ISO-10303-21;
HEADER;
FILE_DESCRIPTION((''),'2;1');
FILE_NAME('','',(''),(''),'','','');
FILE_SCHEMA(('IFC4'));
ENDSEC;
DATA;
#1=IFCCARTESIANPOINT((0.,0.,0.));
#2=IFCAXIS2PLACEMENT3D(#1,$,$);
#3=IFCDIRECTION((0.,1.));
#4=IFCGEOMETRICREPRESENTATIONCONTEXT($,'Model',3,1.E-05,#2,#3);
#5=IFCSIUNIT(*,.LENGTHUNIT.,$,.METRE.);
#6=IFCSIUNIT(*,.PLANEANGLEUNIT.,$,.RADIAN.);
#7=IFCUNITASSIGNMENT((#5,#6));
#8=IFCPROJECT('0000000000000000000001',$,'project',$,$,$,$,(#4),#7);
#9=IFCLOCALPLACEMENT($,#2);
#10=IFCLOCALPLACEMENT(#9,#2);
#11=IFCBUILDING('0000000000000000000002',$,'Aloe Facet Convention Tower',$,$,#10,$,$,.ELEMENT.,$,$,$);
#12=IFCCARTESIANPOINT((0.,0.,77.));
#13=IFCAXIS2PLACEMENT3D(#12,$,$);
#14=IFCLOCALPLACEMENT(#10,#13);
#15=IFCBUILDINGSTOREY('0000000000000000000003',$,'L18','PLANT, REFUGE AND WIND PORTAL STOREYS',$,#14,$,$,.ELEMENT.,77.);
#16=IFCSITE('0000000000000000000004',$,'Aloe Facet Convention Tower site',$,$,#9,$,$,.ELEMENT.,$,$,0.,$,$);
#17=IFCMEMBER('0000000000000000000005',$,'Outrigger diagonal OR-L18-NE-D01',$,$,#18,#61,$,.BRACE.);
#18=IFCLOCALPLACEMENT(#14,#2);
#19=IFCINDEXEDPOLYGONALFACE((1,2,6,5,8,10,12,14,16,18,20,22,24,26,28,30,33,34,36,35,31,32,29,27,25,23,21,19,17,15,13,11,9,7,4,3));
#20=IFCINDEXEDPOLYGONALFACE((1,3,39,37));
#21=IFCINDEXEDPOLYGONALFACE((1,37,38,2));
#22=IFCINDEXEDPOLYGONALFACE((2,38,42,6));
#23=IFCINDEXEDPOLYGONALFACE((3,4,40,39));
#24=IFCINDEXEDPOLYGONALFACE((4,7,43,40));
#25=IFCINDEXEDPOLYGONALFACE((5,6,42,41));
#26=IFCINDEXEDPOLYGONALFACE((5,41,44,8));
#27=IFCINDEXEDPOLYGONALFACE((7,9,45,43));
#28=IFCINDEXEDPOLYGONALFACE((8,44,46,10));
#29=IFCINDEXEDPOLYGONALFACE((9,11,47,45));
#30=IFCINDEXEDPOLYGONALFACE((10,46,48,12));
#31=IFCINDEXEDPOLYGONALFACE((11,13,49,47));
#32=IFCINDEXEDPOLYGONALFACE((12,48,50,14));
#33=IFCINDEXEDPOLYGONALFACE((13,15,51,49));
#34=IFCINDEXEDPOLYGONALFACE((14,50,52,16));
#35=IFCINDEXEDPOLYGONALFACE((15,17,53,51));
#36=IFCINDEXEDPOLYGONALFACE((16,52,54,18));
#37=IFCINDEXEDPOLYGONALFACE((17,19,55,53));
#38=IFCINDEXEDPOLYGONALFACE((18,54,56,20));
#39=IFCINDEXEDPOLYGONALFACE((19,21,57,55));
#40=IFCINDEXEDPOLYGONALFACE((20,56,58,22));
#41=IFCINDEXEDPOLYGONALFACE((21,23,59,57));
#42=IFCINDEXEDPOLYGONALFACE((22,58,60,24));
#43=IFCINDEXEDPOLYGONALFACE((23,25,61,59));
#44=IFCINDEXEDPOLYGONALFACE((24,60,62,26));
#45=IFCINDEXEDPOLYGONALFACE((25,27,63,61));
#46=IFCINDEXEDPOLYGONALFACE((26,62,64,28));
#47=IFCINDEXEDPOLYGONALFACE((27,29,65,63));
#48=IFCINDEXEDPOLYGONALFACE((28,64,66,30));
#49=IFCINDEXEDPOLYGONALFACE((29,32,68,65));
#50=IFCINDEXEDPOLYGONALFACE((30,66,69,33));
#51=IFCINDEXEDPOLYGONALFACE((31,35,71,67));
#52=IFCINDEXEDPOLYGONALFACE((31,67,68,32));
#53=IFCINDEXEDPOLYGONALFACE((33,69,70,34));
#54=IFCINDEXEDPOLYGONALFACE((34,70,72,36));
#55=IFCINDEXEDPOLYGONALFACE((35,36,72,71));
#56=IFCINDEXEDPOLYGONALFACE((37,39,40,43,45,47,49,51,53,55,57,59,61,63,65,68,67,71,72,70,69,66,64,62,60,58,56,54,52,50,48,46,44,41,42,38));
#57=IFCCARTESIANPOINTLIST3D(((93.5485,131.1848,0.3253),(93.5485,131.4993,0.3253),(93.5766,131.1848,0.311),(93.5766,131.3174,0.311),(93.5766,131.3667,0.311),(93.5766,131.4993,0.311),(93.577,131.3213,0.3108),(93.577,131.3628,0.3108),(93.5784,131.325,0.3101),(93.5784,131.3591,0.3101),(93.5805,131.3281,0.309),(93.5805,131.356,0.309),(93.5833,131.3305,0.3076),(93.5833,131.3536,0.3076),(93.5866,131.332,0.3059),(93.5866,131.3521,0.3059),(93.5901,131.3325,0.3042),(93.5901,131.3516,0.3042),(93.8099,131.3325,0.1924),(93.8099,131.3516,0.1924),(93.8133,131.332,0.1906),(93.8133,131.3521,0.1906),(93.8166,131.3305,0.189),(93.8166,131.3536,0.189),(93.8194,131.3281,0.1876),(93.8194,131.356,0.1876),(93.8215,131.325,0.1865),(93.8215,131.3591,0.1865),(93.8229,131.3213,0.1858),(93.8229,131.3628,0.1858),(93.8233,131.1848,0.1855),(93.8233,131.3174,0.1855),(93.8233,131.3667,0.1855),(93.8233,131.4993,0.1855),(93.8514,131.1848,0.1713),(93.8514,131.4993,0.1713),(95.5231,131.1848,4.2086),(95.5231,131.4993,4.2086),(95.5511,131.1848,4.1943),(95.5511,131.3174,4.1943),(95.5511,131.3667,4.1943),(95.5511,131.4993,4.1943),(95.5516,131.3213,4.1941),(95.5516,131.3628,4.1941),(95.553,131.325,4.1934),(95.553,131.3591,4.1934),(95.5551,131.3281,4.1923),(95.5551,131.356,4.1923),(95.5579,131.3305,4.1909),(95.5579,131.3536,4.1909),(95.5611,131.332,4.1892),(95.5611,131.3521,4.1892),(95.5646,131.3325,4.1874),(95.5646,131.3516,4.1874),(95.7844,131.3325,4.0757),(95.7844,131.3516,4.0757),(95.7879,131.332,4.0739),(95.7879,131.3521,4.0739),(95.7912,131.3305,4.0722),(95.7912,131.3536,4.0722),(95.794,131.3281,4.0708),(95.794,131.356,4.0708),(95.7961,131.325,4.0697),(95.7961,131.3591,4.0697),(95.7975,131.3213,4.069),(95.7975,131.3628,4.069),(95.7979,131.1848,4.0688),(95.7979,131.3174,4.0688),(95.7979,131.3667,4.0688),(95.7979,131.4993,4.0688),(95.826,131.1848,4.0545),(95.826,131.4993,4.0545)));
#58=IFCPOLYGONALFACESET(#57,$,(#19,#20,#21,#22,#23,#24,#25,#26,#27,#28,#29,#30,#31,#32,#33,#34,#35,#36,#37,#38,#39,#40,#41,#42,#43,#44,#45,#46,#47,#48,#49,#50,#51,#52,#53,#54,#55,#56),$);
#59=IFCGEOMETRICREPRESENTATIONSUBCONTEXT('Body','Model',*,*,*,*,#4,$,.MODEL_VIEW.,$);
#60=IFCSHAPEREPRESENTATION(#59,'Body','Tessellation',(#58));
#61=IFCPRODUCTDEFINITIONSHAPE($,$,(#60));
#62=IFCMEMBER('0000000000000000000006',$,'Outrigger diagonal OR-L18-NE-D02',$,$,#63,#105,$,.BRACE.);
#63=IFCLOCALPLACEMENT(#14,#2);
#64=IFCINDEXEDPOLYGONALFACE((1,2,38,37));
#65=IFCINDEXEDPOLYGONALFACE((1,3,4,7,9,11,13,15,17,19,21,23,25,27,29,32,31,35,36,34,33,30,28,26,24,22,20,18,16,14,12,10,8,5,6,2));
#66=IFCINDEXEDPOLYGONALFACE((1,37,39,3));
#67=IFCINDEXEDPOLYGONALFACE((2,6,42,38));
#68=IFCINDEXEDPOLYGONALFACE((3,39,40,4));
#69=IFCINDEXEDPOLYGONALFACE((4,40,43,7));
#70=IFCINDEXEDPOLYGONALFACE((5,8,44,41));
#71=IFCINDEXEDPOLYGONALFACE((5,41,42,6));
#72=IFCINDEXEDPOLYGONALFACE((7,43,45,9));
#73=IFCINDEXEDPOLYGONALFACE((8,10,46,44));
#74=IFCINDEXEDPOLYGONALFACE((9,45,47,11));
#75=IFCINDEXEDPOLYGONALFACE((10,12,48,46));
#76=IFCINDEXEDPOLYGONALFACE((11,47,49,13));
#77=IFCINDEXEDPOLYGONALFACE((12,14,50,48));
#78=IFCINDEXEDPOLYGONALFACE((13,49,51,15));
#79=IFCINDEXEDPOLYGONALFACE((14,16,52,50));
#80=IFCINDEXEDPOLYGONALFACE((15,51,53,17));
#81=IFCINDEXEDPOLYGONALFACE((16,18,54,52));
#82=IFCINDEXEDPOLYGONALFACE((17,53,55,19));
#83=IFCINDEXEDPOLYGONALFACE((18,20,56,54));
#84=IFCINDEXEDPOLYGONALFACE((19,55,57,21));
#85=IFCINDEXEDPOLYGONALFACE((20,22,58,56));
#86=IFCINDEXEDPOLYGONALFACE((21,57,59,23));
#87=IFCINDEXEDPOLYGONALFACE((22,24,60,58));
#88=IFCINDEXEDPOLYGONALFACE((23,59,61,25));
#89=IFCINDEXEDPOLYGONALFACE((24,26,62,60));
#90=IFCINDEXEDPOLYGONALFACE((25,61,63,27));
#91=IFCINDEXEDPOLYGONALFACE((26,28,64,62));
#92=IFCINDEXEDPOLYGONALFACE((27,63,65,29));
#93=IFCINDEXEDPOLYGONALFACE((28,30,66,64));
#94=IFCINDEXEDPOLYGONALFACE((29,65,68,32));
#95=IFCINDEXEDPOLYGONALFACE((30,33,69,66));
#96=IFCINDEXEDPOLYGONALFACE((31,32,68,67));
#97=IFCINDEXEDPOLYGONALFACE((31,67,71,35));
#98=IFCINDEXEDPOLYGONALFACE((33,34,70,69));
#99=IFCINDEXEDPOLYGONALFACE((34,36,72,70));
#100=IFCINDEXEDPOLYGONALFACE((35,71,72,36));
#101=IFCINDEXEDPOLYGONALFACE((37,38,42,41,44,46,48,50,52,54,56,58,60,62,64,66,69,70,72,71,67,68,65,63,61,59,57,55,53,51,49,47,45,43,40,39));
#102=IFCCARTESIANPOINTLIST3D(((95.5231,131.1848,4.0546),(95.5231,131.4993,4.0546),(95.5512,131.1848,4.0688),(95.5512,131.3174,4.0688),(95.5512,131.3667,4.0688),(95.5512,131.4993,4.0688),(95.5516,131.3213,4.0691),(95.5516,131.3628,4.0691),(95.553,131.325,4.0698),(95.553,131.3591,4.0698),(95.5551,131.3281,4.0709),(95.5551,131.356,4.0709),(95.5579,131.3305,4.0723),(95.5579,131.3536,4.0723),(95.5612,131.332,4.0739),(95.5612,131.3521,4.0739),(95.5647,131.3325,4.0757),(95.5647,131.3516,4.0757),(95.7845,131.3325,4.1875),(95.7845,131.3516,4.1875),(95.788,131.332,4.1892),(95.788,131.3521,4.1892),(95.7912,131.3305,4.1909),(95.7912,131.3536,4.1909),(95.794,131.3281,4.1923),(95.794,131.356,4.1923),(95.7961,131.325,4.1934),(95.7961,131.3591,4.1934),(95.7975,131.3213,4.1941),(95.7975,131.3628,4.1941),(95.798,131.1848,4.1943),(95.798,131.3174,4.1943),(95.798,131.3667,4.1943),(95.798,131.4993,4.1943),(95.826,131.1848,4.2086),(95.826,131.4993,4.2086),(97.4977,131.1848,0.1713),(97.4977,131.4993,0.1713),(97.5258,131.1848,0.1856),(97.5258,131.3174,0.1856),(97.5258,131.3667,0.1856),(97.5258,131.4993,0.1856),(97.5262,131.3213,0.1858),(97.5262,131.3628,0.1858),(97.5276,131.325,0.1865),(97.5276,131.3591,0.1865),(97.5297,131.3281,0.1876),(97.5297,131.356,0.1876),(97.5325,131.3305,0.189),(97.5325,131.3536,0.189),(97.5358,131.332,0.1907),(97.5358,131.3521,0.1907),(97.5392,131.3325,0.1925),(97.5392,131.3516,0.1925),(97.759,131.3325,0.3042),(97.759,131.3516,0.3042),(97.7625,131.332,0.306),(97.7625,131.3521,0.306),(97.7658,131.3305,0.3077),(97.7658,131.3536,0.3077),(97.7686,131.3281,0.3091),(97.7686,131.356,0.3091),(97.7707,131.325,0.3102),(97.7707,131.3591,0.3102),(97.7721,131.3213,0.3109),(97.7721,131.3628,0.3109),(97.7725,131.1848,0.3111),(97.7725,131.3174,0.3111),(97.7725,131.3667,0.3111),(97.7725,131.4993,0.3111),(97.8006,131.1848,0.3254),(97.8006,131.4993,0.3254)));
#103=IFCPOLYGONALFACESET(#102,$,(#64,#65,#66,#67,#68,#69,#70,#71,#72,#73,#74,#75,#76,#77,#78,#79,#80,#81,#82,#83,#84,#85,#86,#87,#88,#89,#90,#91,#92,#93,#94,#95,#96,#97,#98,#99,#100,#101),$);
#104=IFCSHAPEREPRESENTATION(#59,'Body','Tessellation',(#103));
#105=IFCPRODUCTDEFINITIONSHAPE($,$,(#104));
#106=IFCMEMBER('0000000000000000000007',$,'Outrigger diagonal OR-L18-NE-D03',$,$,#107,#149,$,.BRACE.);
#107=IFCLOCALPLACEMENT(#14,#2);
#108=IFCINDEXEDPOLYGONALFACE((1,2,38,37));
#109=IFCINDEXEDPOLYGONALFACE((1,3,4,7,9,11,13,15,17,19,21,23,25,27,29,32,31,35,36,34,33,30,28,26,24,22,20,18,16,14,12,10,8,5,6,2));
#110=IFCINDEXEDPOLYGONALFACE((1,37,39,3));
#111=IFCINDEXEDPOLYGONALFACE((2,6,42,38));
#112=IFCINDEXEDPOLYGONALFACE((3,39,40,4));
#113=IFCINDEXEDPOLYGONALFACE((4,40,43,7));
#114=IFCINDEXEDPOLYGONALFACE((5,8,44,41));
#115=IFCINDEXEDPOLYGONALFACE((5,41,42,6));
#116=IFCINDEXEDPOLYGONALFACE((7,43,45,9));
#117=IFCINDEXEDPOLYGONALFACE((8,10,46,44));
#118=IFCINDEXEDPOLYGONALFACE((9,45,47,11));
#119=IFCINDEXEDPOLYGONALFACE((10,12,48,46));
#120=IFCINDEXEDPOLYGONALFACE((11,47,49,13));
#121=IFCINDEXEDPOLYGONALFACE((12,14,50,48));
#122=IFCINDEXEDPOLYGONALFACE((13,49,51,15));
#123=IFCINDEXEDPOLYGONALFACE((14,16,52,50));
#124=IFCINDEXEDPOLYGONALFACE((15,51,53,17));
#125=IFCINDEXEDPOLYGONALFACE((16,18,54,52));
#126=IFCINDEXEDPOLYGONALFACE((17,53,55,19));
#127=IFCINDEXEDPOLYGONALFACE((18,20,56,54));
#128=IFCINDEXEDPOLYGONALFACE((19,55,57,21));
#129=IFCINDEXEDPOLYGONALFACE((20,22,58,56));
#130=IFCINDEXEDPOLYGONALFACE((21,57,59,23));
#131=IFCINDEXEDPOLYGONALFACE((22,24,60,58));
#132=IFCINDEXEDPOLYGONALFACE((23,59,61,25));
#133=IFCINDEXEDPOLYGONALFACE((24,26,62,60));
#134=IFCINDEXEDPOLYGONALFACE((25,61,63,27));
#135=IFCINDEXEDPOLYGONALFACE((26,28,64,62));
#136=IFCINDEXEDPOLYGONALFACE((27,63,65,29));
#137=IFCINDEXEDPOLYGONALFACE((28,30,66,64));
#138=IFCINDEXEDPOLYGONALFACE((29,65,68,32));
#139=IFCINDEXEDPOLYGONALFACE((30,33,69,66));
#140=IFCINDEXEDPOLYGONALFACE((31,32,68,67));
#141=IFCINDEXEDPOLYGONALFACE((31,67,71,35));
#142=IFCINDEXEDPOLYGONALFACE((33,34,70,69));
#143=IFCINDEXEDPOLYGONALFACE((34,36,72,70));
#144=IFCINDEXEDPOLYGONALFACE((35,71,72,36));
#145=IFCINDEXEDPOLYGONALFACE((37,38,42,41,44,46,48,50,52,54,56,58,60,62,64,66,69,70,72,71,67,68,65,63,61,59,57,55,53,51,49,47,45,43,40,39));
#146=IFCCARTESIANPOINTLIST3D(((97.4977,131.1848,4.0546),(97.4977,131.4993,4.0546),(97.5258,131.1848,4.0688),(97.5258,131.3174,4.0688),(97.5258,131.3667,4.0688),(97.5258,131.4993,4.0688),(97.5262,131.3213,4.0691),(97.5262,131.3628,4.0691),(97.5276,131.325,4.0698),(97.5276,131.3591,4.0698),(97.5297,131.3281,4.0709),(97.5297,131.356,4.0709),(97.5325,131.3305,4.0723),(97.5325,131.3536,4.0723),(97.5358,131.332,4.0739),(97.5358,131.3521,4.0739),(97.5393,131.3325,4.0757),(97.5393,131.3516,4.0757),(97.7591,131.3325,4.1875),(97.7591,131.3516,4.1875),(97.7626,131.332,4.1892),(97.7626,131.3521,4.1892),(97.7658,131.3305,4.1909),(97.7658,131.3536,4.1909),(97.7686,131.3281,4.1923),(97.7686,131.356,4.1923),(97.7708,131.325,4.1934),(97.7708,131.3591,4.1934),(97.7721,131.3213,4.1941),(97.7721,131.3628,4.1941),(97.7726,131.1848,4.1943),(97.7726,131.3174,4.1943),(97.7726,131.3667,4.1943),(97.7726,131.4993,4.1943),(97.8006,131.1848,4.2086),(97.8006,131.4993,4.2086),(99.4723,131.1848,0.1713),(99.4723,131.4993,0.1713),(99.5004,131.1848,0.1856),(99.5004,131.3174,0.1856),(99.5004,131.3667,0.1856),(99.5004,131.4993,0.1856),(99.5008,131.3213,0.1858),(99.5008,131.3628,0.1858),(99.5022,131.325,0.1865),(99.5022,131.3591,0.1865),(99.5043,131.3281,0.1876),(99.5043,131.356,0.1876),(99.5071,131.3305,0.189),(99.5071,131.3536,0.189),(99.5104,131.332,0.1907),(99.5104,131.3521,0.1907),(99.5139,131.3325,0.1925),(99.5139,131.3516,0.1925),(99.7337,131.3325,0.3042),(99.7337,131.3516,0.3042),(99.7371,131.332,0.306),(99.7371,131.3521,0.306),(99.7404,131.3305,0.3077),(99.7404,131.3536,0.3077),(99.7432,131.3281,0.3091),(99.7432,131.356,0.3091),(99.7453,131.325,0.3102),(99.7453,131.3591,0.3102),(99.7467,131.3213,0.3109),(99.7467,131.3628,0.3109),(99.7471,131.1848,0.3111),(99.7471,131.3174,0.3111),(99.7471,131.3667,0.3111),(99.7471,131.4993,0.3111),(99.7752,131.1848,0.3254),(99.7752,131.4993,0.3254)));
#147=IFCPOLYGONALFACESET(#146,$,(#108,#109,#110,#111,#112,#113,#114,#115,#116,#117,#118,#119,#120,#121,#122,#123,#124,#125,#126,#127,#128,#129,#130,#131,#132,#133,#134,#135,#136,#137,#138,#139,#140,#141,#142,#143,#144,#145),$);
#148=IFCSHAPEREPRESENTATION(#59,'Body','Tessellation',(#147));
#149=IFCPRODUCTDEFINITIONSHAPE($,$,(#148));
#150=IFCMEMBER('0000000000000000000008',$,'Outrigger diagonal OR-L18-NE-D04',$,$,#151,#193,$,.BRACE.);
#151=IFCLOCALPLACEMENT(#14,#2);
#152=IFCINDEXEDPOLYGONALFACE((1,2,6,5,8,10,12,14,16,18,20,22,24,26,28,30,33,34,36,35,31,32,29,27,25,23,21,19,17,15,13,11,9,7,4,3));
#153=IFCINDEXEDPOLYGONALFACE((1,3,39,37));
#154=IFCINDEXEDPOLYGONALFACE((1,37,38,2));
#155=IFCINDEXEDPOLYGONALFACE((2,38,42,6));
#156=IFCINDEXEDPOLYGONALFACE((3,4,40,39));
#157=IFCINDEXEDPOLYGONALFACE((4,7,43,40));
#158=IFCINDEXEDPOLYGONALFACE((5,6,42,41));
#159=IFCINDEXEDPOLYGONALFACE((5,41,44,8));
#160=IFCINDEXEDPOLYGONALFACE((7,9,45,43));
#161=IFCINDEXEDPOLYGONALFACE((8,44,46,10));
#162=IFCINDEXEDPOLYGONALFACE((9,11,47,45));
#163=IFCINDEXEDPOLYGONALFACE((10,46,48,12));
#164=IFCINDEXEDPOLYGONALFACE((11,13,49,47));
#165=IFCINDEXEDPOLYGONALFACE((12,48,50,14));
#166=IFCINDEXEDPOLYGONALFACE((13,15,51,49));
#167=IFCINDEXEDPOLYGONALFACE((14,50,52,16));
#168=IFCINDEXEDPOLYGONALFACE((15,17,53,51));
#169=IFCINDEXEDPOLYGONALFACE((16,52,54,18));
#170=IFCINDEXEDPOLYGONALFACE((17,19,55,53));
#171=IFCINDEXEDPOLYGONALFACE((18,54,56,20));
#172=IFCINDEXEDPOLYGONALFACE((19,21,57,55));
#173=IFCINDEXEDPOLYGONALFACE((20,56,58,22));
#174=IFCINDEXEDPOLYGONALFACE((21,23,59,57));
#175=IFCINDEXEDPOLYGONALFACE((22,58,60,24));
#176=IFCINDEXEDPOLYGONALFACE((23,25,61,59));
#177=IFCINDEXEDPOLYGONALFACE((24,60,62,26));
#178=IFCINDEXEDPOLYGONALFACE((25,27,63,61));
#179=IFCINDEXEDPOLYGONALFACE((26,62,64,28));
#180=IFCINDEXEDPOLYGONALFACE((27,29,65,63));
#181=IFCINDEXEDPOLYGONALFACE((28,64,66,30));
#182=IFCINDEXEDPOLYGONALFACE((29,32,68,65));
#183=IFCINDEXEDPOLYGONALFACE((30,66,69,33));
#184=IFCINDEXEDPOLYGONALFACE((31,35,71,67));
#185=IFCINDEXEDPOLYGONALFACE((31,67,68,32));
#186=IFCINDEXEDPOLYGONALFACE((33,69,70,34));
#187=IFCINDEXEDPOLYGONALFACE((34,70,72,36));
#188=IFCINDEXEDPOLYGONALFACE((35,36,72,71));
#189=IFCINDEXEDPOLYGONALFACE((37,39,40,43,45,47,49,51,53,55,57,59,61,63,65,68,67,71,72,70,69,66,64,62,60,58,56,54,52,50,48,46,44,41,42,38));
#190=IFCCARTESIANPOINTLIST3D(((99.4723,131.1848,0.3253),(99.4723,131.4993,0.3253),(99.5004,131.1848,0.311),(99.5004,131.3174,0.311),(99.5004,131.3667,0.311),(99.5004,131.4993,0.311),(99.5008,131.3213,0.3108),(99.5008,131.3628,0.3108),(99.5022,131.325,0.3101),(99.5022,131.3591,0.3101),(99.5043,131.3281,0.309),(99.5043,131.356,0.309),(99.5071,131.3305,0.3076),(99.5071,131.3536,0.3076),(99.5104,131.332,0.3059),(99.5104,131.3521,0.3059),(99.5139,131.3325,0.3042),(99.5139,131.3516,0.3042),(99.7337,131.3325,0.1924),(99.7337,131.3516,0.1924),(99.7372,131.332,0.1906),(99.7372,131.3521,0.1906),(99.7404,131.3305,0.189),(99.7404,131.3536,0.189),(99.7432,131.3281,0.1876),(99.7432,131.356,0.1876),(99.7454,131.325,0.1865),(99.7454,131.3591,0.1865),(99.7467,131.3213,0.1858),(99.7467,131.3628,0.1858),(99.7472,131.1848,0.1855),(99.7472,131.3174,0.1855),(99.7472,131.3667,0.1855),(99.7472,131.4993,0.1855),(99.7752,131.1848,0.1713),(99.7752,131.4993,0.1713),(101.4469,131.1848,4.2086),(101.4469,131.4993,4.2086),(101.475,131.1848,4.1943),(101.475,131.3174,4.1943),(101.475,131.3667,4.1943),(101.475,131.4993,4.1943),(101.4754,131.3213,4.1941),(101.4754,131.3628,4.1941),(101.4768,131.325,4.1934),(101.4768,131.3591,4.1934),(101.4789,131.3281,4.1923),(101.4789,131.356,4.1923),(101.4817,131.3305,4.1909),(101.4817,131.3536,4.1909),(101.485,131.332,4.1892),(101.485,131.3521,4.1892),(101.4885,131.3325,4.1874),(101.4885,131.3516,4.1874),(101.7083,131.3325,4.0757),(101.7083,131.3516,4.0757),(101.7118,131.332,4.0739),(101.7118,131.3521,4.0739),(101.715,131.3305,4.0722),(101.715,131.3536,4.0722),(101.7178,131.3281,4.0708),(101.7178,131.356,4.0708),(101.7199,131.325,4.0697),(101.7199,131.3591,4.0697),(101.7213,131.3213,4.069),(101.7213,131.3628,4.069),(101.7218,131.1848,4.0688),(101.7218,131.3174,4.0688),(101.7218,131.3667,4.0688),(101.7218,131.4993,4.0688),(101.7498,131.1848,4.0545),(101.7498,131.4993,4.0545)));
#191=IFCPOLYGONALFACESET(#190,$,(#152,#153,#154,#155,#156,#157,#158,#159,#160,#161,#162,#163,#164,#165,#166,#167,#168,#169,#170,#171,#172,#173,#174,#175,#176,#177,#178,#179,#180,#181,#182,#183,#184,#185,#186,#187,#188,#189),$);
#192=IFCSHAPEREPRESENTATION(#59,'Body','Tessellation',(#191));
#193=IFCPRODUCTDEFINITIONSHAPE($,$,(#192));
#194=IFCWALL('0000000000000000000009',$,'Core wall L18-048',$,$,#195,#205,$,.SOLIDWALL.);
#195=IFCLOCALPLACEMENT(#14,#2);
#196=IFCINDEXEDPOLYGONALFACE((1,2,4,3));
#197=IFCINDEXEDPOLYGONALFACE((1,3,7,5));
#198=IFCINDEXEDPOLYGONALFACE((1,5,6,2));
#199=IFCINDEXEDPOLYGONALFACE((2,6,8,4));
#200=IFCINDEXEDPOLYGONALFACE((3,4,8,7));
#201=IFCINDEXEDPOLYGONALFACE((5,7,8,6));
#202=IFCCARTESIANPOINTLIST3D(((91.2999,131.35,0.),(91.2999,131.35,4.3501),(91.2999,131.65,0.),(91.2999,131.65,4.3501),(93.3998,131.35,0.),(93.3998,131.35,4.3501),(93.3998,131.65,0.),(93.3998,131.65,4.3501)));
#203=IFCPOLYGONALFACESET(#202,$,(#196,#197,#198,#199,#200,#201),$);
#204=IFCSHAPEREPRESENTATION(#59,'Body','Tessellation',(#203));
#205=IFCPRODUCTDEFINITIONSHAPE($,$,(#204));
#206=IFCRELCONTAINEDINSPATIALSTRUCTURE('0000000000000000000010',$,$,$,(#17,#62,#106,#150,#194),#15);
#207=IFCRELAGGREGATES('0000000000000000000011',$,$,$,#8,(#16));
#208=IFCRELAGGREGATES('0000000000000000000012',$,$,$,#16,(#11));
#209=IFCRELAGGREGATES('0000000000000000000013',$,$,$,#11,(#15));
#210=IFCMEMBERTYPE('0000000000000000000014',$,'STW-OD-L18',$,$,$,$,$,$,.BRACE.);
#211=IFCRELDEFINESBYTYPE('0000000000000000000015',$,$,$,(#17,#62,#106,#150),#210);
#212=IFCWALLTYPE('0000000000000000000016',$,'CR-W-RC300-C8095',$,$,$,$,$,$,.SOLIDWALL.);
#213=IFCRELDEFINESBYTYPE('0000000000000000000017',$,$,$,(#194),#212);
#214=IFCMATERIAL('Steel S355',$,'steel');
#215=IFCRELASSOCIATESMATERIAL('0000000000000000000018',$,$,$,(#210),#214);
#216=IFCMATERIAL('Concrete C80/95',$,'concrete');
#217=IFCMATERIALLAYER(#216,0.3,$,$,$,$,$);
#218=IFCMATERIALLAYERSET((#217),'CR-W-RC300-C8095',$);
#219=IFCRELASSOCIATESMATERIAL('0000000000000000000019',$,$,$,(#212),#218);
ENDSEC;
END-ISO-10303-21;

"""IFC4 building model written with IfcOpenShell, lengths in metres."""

from ifc_helpers import new_model, si_unit, direction, frame, frame_2d, origin, origin_2d, place, context, subcontext, project, spatial, rectangle, i_section, extrude, material, layer, layer_set, material_profile, profile_set, type_object, element, save


model = new_model("IFC4")

# Units and contexts
model_context = context("Model", 3, precision=1e-05, world=origin(), true_north=direction((0.0, 1.0)))
body_context = subcontext(model_context, "Body", "Model", "MODEL_VIEW")
ifc_project = project(units=[si_unit("LENGTHUNIT", "METRE"), si_unit("PLANEANGLEUNIT", "RADIAN")], contexts=[model_context])

# Site, building, storey
site_placement = place(None, origin())
site = spatial("IfcSite", under=ifc_project, at=site_placement, Name="Aloe Facet Convention Tower site", CompositionType="ELEMENT", RefElevation=0.0)
building_placement = place(site_placement, origin())
building = spatial("IfcBuilding", under=site, at=building_placement, Name="Aloe Facet Convention Tower", CompositionType="ELEMENT")
storey_placement = place(building_placement, frame((0.0, 0.0, 77.0)))
storey = spatial("IfcBuildingStorey", under=building, at=storey_placement, Name="L18", Description="PLANT, REFUGE AND WIND PORTAL STOREYS", CompositionType="ELEMENT", Elevation=77.0)

# Members
ifc_material_1 = material(Name="Steel S355", Category="steel")
ifc_material_profile_1 = material_profile(ifc_material_1, i_section(OverallWidth=0.3145, OverallDepth=0.3398, WebThickness=0.019, FlangeThickness=0.0315, FilletRadius=0.0151, at=origin_2d()), Name="UC 305x305x198")
ifc_profile_set_1 = profile_set([ifc_material_profile_1], Name="Steel S355")
member_type_1 = type_object("IfcMemberType", Name="STW-OD-L18", PredefinedType="BRACE", material=ifc_profile_set_1)
for number, where, z_axis, x_axis, name in (
    (1, (93.7, 131.342, 0.2483), (0.453256, 0.0, 0.891381), (0.0, 1.0, 0.0), "Outrigger diagonal OR-L18-NE-D01"),
    (2, (95.6746, 131.342, 4.1316), (0.453256, 0.0, -0.891381), (0.0, 1.0, 0.0), "Outrigger diagonal OR-L18-NE-D02"),
    (3, (97.6492, 131.342, 4.1316), (0.453256, 0.0, -0.891381), (0.0, 1.0, 0.0), "Outrigger diagonal OR-L18-NE-D03"),
    (4, (99.6238, 131.342, 0.2483), (0.453256, 0.0, 0.891381), (0.0, 1.0, 0.0), "Outrigger diagonal OR-L18-NE-D04"),
):
    element("IfcMember", number, at=place(storey_placement, frame(where, z_axis=z_axis, x_axis=x_axis)), inside=storey, type_object=member_type_1, Name=name, PredefinedType="BRACE", context=body_context, shape_type="SweptSolid", body=[
        extrude(i_section(OverallWidth=0.3145, OverallDepth=0.3398, WebThickness=0.019, FlangeThickness=0.0315, FilletRadius=0.0151, at=origin_2d()), origin(), (0.0, 0.0, 1.0), 4.3564),
    ])

# Wall
ifc_material_2 = material(Name="Concrete C80/95", Category="concrete")
ifc_layer_1 = layer(ifc_material_2, 0.3)
ifc_layer_set_1 = layer_set([ifc_layer_1], Name="CR-W-RC300-C8095")
wall_type_1 = type_object("IfcWallType", Name="CR-W-RC300-C8095", PredefinedType="SOLIDWALL", material=ifc_layer_set_1)
for number, where, z_axis, x_axis, name in (
    (5, (91.3, 131.5, 0.0), (0.0, 0.0, 1.0), (1.0, 0.0, 0.0), "Core wall L18-048"),
):
    element("IfcWall", number, at=place(storey_placement, frame(where, z_axis=z_axis, x_axis=x_axis)), inside=storey, type_object=wall_type_1, Name=name, PredefinedType="SOLIDWALL", context=body_context, shape_type="SweptSolid", body=[
        extrude(rectangle(XDim=2.0999, YDim=0.3, at=frame_2d((1.0498, 0.0))), origin(), (0.0, 0.0, 1.0), 4.3501),
    ])

save(model, "model.ifc")
